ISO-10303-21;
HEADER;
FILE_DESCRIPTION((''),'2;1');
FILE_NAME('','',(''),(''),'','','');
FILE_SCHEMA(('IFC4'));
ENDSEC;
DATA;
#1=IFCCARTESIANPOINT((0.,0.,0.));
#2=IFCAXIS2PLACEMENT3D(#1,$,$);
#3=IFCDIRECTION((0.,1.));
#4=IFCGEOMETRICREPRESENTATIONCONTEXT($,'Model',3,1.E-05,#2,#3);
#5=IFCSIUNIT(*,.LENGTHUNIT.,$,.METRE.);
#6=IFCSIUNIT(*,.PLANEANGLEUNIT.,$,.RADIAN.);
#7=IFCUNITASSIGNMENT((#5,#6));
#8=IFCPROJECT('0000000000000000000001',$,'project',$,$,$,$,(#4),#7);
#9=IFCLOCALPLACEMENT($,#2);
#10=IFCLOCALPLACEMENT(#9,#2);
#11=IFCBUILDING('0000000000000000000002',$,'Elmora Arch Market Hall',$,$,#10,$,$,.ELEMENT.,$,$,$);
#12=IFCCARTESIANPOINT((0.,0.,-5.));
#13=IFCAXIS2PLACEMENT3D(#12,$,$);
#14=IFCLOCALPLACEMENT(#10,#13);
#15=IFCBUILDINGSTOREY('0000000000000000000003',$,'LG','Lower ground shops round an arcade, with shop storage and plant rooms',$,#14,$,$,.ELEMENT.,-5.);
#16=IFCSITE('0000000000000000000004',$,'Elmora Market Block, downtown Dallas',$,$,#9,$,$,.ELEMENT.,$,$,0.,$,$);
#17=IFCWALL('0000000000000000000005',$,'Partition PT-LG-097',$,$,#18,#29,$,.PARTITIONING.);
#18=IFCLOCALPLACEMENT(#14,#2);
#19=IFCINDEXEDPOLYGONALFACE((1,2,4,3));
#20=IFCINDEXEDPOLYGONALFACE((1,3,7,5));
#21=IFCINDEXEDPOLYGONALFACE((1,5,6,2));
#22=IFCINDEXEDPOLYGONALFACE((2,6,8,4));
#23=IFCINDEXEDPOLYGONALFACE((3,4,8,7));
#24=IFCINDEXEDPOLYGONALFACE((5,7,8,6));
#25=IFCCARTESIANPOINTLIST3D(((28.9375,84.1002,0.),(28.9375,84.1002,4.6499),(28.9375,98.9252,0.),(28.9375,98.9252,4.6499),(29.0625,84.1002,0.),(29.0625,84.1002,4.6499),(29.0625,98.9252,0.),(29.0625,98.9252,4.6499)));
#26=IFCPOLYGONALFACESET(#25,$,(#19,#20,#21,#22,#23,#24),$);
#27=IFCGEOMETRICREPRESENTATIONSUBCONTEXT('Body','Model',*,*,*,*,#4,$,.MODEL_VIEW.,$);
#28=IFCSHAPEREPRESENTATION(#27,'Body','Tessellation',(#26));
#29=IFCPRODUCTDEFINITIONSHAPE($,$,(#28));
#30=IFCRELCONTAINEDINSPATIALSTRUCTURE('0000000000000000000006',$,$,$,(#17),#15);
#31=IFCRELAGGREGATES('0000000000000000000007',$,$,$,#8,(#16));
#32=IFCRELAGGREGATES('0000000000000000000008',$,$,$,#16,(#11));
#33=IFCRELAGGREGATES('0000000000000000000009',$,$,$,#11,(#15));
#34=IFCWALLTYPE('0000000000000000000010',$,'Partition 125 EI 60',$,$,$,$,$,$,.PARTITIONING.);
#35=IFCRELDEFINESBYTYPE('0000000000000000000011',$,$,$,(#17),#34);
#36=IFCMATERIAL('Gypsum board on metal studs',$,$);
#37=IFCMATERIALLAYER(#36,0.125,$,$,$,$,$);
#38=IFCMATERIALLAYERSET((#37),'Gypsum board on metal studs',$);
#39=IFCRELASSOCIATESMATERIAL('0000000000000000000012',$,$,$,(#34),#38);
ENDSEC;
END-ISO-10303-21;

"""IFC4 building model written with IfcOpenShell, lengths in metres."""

from ifc_helpers import new_model, si_unit, direction, frame, frame_2d, origin, place, context, subcontext, project, spatial, rectangle, extrude, material, layer, layer_set, type_object, element, save


model = new_model("IFC4")

# Units and contexts
model_context = context("Model", 3, precision=1e-05, world=origin(), true_north=direction((0.0, 1.0)))
body_context = subcontext(model_context, "Body", "Model", "MODEL_VIEW")
ifc_project = project(units=[si_unit("LENGTHUNIT", "METRE"), si_unit("PLANEANGLEUNIT", "RADIAN")], contexts=[model_context])

# Site, building, storey
site_placement = place(None, origin())
site = spatial("IfcSite", under=ifc_project, at=site_placement, Name="Elmora Market Block, downtown Dallas", CompositionType="ELEMENT", RefElevation=0.0)
building_placement = place(site_placement, origin())
building = spatial("IfcBuilding", under=site, at=building_placement, Name="Elmora Arch Market Hall", CompositionType="ELEMENT")
storey_placement = place(building_placement, frame((0.0, 0.0, -5.0)))
storey = spatial("IfcBuildingStorey", under=building, at=storey_placement, Name="LG", Description="Lower ground shops round an arcade, with shop storage and plant rooms", CompositionType="ELEMENT", Elevation=-5.0)

# Wall
ifc_material_1 = material(Name="Gypsum board on metal studs")
ifc_layer_1 = layer(ifc_material_1, 0.125)
ifc_layer_set_1 = layer_set([ifc_layer_1], Name="Gypsum board on metal studs")
wall_type_1 = type_object("IfcWallType", Name="Partition 125 EI 60", PredefinedType="PARTITIONING", material=ifc_layer_set_1)
wall_1_placement = place(storey_placement, frame((29.0, 84.1001, 0.0), z_axis=(0.0, 0.0, 1.0), x_axis=(0.0, 1.0, 0.0)))
element("IfcWall", 1, at=wall_1_placement, inside=storey, type_object=wall_type_1, Name="Partition PT-LG-097", PredefinedType="PARTITIONING", context=body_context, shape_type="SweptSolid", body=[
    extrude(rectangle(XDim=14.825, YDim=0.125, at=frame_2d((7.4126, 0.0))), origin(), (0.0, 0.0, 1.0), 4.6499),
])

save(model, "model.ifc")
